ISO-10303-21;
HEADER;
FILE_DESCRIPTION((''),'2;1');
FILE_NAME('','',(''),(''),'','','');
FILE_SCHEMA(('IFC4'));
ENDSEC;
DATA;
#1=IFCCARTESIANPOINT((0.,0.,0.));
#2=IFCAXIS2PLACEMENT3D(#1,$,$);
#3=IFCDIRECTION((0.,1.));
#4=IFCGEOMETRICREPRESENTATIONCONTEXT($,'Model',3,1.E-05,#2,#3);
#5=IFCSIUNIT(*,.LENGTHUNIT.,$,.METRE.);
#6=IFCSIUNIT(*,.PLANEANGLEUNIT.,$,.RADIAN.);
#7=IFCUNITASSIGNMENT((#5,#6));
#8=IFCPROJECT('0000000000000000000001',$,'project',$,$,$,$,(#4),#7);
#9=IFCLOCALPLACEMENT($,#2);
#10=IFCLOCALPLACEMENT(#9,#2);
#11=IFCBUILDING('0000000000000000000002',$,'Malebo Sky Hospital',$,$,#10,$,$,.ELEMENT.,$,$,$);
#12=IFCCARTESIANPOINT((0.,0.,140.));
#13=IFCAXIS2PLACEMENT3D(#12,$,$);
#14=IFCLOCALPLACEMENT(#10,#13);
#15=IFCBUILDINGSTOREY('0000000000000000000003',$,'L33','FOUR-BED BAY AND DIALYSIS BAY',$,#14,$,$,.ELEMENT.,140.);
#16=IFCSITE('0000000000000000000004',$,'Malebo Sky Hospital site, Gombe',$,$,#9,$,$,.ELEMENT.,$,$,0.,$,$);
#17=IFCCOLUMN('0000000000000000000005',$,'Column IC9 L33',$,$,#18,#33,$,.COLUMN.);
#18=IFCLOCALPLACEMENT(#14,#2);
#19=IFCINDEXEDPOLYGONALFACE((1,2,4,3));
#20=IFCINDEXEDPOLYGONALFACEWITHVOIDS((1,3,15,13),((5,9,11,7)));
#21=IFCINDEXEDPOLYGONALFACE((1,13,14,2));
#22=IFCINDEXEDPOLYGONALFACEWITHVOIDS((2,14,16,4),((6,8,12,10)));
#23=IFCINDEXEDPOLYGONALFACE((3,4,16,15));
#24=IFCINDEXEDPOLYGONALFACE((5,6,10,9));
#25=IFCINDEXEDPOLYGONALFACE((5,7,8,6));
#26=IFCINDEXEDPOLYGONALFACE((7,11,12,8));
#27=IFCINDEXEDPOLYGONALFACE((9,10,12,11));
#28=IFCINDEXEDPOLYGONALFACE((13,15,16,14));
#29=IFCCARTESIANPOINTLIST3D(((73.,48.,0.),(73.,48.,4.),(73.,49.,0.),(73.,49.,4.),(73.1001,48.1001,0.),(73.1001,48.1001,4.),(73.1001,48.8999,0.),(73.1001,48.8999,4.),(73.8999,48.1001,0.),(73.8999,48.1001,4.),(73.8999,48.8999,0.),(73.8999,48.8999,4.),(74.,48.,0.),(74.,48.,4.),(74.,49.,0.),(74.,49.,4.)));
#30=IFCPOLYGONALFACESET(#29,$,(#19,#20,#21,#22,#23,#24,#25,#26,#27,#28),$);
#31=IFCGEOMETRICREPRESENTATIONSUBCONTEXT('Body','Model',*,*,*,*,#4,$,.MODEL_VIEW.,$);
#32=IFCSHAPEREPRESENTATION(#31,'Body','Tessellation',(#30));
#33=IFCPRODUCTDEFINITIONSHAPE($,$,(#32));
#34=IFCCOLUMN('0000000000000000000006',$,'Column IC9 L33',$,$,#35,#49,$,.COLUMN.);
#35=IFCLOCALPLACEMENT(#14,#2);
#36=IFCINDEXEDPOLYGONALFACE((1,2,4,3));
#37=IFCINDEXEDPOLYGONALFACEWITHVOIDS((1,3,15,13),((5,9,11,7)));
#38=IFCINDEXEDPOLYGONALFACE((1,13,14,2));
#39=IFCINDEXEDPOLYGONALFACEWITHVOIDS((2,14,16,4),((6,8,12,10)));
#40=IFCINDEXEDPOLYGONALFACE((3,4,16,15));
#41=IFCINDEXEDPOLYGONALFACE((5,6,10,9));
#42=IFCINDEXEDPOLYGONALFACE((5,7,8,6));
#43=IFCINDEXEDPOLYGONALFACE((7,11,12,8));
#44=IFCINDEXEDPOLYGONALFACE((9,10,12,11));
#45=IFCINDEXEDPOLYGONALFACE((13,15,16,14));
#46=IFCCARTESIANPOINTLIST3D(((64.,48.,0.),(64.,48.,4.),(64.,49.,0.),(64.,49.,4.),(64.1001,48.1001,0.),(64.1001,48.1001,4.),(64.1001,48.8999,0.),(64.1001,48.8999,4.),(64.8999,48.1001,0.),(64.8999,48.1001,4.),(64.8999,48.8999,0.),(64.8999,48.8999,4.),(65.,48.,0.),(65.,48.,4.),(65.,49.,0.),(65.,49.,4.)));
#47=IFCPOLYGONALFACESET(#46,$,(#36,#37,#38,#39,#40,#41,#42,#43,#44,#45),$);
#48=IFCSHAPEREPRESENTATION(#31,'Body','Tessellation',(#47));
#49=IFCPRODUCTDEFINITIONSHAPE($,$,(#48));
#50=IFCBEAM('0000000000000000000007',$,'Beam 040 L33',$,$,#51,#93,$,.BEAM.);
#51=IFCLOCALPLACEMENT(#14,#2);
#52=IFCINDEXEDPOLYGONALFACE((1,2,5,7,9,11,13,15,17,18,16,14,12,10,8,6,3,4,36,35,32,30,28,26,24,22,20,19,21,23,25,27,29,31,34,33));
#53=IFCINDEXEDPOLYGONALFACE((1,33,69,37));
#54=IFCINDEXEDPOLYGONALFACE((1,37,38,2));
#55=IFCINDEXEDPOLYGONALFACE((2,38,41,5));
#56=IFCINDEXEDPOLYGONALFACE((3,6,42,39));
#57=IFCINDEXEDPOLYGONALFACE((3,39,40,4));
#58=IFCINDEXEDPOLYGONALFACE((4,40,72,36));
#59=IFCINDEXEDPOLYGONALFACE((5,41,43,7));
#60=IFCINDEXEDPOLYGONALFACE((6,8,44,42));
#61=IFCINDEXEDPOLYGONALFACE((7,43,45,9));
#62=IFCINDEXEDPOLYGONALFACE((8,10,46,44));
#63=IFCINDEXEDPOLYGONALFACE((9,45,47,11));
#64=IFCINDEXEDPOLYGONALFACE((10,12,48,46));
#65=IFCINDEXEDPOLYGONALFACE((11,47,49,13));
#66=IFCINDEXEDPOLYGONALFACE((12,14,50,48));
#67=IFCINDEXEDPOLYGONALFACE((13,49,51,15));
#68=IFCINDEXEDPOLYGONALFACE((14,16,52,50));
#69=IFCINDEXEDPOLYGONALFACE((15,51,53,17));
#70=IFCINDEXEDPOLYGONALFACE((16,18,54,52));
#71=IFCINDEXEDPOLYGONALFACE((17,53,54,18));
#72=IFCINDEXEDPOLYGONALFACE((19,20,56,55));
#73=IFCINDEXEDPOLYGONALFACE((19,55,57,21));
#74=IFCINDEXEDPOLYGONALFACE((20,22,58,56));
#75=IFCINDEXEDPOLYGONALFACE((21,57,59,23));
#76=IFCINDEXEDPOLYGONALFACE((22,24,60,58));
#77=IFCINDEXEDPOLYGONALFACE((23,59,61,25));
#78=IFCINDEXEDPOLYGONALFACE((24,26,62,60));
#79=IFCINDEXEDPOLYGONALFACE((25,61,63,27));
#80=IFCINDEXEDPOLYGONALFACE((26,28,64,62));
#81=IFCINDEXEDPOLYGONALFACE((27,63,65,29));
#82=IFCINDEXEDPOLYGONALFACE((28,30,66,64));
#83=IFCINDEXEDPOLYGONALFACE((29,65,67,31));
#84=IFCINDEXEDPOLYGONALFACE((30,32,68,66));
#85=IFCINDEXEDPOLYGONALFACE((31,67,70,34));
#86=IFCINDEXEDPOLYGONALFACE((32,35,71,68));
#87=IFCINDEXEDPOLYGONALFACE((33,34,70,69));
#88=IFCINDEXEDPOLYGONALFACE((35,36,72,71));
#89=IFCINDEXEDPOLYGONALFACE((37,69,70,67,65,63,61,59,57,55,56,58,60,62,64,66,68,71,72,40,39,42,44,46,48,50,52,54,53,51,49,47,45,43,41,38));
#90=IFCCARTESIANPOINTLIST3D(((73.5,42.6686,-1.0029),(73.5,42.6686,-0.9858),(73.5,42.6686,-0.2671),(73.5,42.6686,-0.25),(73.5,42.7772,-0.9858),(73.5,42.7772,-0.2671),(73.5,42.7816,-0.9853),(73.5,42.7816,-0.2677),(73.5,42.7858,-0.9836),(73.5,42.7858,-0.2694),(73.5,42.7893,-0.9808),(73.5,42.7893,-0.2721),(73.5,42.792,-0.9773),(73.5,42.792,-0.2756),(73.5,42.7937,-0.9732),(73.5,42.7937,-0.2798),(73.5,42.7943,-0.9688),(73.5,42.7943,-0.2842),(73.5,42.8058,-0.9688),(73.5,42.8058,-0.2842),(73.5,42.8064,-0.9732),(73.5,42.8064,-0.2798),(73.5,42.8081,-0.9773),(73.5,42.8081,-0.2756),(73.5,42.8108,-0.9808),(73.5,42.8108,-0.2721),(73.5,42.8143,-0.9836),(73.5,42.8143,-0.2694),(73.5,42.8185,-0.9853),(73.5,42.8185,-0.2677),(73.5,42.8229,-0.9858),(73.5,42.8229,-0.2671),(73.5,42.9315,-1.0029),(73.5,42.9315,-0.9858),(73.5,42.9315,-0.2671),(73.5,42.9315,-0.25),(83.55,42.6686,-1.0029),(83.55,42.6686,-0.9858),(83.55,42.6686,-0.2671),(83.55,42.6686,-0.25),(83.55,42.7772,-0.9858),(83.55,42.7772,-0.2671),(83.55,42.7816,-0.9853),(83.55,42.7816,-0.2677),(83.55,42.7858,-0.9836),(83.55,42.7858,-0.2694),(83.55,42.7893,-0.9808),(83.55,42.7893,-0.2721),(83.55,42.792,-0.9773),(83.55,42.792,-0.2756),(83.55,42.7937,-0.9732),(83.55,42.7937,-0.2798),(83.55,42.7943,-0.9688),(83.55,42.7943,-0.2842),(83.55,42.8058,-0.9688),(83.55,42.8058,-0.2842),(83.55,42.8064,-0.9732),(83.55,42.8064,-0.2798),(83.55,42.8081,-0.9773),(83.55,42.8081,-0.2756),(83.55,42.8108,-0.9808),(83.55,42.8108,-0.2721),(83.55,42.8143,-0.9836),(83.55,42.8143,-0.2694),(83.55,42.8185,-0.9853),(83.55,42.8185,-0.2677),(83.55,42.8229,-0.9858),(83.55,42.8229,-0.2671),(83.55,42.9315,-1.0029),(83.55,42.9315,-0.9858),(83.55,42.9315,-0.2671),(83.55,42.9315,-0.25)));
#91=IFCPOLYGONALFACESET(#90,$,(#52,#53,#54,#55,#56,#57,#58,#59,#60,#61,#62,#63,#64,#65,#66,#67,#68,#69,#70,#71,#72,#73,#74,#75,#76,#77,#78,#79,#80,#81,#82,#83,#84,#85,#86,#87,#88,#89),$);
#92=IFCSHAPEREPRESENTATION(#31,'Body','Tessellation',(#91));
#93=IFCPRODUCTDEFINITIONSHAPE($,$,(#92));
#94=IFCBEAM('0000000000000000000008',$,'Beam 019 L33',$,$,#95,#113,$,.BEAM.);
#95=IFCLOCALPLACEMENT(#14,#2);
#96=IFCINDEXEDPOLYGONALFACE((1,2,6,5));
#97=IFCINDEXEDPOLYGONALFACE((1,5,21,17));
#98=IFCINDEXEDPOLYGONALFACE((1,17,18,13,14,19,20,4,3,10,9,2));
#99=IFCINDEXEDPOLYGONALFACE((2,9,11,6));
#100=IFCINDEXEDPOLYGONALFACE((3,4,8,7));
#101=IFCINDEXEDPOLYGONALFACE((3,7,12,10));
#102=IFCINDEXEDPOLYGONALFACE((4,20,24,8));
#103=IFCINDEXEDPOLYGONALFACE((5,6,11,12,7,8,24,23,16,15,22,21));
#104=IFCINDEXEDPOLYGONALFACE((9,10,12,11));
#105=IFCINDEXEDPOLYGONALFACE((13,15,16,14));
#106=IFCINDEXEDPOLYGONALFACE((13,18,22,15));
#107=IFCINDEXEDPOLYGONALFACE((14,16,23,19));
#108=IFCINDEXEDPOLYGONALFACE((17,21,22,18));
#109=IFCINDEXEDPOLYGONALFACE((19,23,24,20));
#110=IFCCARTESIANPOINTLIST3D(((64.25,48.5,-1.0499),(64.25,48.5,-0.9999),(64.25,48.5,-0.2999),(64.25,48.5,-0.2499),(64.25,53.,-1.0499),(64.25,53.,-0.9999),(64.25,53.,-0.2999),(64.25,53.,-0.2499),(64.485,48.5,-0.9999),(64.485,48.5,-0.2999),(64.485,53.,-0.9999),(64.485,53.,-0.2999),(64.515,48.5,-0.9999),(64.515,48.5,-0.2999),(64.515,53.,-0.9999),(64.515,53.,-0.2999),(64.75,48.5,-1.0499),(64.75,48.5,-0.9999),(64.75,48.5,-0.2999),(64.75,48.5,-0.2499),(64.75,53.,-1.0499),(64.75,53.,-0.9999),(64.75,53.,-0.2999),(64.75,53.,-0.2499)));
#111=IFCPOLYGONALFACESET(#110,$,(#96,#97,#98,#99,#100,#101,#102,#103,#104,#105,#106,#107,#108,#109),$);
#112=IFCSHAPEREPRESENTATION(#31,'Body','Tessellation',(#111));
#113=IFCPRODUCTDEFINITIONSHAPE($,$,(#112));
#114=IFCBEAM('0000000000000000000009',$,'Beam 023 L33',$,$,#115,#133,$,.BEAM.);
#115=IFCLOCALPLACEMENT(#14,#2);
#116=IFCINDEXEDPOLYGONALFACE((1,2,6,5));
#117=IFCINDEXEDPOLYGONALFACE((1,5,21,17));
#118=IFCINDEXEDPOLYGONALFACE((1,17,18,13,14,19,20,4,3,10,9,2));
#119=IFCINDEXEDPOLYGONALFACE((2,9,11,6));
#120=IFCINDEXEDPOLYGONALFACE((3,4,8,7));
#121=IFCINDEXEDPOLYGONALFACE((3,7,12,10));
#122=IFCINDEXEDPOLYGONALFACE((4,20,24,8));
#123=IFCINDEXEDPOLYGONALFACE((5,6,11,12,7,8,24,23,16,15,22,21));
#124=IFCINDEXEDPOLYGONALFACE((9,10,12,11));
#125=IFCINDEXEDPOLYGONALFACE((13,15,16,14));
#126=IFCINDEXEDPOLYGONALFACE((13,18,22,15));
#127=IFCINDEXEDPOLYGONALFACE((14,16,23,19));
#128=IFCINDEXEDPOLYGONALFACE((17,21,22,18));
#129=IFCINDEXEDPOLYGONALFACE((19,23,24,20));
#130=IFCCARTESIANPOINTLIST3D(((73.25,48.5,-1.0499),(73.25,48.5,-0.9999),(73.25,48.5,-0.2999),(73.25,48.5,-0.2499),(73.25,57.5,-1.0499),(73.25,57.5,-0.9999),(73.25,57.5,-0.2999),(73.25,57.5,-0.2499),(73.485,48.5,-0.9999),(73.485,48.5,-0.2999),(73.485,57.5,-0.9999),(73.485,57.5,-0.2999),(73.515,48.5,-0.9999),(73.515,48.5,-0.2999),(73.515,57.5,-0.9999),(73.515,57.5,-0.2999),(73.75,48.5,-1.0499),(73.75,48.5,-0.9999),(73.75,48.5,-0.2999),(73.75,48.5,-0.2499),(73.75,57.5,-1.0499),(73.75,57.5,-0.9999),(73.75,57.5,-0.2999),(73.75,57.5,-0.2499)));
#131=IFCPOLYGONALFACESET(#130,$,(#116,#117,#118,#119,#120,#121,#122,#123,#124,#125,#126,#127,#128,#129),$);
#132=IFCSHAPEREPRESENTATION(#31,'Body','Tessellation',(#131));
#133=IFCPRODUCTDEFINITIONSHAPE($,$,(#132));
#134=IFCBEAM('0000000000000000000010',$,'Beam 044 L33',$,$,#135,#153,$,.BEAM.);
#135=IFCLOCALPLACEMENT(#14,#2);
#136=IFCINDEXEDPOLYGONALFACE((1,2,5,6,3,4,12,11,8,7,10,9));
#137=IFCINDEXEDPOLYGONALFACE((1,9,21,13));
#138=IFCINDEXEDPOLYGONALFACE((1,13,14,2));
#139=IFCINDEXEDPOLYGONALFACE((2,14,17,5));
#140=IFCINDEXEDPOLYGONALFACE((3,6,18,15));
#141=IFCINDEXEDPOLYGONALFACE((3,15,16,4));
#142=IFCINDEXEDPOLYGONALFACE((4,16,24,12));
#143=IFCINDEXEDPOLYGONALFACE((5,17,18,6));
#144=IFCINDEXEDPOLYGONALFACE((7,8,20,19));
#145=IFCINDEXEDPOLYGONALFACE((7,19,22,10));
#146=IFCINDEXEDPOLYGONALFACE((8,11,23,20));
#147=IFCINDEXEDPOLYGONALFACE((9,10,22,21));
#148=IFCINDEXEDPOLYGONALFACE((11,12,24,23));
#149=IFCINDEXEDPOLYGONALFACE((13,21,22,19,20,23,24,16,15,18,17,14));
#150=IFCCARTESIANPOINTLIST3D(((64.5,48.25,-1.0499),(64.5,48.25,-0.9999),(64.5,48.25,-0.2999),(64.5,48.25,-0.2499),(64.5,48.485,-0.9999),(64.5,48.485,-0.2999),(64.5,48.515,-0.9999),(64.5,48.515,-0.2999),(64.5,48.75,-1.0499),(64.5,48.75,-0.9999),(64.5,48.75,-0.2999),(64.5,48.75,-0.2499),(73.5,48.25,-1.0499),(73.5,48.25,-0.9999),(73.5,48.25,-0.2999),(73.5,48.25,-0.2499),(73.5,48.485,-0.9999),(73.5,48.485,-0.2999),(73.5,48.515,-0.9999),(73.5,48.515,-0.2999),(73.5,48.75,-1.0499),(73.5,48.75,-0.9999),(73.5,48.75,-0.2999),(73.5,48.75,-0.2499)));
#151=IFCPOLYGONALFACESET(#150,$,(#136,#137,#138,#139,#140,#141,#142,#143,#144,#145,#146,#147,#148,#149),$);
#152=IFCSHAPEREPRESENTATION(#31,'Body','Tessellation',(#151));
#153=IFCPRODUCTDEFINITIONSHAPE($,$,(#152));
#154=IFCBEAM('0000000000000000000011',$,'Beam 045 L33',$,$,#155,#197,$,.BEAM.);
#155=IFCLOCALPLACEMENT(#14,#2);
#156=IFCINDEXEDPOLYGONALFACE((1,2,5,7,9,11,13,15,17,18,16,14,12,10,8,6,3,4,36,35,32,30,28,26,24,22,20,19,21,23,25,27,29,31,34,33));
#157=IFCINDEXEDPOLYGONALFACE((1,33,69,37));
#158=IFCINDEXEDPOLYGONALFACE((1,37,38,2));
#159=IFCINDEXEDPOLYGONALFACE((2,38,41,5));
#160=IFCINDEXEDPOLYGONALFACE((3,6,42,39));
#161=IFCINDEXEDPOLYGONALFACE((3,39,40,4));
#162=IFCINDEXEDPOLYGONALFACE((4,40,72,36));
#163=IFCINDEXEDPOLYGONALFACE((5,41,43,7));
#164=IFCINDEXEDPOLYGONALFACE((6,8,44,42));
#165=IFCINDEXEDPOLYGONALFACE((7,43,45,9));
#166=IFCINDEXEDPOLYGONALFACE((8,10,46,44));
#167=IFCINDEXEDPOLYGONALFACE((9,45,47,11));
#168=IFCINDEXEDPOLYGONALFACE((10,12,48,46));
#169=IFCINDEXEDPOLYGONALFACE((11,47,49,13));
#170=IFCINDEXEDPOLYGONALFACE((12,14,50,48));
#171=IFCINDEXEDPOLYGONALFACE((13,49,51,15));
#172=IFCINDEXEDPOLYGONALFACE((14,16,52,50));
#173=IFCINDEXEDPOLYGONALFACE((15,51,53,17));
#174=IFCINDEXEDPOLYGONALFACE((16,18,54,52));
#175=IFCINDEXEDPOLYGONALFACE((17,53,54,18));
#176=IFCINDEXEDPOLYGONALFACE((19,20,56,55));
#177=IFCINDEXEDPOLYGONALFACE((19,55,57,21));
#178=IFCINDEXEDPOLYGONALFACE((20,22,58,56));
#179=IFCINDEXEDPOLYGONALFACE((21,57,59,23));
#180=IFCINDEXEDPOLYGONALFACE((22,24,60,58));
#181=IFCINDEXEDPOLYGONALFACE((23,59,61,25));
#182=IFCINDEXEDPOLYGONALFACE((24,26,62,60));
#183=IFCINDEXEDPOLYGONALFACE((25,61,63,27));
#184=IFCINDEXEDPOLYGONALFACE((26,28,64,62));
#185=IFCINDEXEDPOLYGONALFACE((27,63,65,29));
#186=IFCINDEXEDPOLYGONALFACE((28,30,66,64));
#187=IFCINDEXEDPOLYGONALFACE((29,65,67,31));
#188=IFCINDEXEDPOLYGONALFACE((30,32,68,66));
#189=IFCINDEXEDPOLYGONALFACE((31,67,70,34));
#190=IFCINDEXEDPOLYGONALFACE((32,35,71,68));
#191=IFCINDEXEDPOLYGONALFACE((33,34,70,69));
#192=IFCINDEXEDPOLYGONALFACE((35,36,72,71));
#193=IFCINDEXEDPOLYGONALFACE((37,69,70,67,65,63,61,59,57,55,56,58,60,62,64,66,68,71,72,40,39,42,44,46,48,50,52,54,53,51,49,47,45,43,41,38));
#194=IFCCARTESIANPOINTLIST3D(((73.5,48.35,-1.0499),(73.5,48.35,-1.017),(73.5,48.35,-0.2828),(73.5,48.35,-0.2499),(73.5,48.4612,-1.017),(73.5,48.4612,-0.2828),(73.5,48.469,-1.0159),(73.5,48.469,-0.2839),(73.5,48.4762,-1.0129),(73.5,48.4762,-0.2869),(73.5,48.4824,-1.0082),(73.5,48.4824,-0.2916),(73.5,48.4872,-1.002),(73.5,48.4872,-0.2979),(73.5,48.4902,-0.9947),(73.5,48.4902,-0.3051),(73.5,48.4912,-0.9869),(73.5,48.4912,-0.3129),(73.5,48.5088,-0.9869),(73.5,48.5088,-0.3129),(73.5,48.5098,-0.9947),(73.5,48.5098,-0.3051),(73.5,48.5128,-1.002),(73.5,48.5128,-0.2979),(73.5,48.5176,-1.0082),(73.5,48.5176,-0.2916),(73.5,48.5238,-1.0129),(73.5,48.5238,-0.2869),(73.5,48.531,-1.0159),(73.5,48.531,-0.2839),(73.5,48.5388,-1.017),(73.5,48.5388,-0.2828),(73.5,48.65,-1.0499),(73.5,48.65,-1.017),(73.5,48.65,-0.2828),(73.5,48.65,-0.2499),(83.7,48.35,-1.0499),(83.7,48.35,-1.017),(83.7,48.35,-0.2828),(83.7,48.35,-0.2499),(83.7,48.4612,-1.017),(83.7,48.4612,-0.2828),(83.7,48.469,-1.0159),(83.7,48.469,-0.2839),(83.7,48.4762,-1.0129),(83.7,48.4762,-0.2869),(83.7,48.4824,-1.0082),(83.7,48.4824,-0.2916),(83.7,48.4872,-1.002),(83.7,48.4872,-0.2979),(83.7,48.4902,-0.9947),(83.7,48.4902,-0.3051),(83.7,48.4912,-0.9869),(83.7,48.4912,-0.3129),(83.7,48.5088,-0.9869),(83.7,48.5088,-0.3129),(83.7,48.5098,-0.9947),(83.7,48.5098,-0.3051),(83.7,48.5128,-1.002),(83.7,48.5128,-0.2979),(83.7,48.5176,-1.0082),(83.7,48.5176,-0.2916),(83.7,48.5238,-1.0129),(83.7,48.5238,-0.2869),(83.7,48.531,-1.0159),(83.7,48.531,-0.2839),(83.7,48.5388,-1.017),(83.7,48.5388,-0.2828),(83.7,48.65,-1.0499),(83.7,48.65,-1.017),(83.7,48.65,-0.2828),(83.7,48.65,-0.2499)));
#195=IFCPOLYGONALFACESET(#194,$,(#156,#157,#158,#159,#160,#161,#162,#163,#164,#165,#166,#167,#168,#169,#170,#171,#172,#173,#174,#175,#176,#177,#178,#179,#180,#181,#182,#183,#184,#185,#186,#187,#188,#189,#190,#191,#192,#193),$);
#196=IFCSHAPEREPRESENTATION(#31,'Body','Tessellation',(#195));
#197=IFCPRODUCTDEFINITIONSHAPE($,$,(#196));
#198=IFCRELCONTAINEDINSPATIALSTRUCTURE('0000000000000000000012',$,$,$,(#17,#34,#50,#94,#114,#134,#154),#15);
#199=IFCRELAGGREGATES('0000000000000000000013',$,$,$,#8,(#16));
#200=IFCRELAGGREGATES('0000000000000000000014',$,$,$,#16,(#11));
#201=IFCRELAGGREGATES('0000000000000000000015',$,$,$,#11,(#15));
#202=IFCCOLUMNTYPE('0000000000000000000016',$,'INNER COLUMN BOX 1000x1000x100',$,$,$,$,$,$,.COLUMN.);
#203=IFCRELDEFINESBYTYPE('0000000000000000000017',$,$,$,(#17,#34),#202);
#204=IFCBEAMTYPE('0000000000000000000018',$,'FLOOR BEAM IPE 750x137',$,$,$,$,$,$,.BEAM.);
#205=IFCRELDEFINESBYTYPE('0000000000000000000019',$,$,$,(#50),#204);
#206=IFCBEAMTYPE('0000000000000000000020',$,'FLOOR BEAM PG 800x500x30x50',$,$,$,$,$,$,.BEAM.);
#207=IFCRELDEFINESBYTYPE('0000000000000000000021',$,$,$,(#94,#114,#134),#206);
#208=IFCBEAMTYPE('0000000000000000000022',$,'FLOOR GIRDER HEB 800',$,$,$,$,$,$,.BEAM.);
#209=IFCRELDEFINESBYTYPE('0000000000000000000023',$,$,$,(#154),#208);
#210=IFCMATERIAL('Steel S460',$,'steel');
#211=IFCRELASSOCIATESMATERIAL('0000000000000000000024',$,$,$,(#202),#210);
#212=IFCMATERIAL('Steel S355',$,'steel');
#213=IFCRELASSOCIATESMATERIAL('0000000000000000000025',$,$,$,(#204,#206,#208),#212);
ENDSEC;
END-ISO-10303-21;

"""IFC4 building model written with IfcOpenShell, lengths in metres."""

from ifc_helpers import new_model, si_unit, direction, frame, origin, origin_2d, place, context, subcontext, project, spatial, hollow_rectangle, i_section, extrude, material, material_profile, profile_set, type_object, element, save


model = new_model("IFC4")

# Units and contexts
model_context = context("Model", 3, precision=1e-05, world=origin(), true_north=direction((0.0, 1.0)))
body_context = subcontext(model_context, "Body", "Model", "MODEL_VIEW")
ifc_project = project(units=[si_unit("LENGTHUNIT", "METRE"), si_unit("PLANEANGLEUNIT", "RADIAN")], contexts=[model_context])

# Site, building, storey
site_placement = place(None, origin())
site = spatial("IfcSite", under=ifc_project, at=site_placement, Name="Malebo Sky Hospital site, Gombe", CompositionType="ELEMENT", RefElevation=0.0)
building_placement = place(site_placement, origin())
building = spatial("IfcBuilding", under=site, at=building_placement, Name="Malebo Sky Hospital", CompositionType="ELEMENT")
storey_placement = place(building_placement, frame((0.0, 0.0, 140.0)))
storey = spatial("IfcBuildingStorey", under=building, at=storey_placement, Name="L33", Description="FOUR-BED BAY AND DIALYSIS BAY", CompositionType="ELEMENT", Elevation=140.0)

# Columns
ifc_material_1 = material(Name="Steel S460", Category="steel")
ifc_material_profile_1 = material_profile(ifc_material_1, hollow_rectangle(XDim=1.0, YDim=1.0, WallThickness=0.1001, at=origin_2d()), Name="BOX 1000x1000x100")
ifc_profile_set_1 = profile_set([ifc_material_profile_1], Name="Steel S460")
column_type = type_object("IfcColumnType", Name="INNER COLUMN BOX 1000x1000x100", PredefinedType="COLUMN", material=ifc_profile_set_1)
for number, where, z_axis, x_axis, name in (
    (1, (73.5, 48.5, 0.0), (0.0, 0.0, 1.0), (1.0, 0.0, 0.0), "Column IC9 L33"),
    (2, (64.5, 48.5, 0.0), (0.0, 0.0, 1.0), (1.0, 0.0, 0.0), "Column IC9 L33"),
):
    element("IfcColumn", number, at=place(storey_placement, frame(where, z_axis=z_axis, x_axis=x_axis)), inside=storey, type_object=column_type, Name=name, PredefinedType="COLUMN", context=body_context, shape_type="SweptSolid", body=[
        extrude(hollow_rectangle(XDim=1.0, YDim=1.0, WallThickness=0.1001, at=origin_2d()), origin(), (0.0, 0.0, 1.0), 4.0),
    ])

# Beams
ifc_material_2 = material(Name="Steel S355", Category="steel")
ifc_material_profile_2 = material_profile(ifc_material_2, i_section(OverallWidth=0.2629, OverallDepth=0.7529, WebThickness=0.0115, FlangeThickness=0.0171, FilletRadius=0.0171, at=origin_2d()), Name="IPE 750x137")
ifc_profile_set_2 = profile_set([ifc_material_profile_2], Name="Steel S355")
beam_type_1 = type_object("IfcBeamType", Name="FLOOR BEAM IPE 750x137", PredefinedType="BEAM", material=ifc_profile_set_2)
beam_1_placement = place(storey_placement, frame((73.5, 42.8, -0.6265), z_axis=(1.0, 0.0, 0.0), x_axis=(0.0, 1.0, 0.0)))
element("IfcBeam", 3, at=beam_1_placement, inside=storey, type_object=beam_type_1, Name="Beam 040 L33", PredefinedType="BEAM", context=body_context, shape_type="SweptSolid", body=[
    extrude(i_section(OverallWidth=0.2629, OverallDepth=0.7529, WebThickness=0.0115, FlangeThickness=0.0171, FilletRadius=0.0171, at=origin_2d()), origin(), (0.0, 0.0, 1.0), 10.05),
])
ifc_material_profile_3 = material_profile(ifc_material_2, i_section(OverallWidth=0.5, OverallDepth=0.8, WebThickness=0.03, FlangeThickness=0.05, at=origin_2d()), Name="PG 800x500x30x50")
ifc_profile_set_3 = profile_set([ifc_material_profile_3], Name="Steel S355")
beam_type_2 = type_object("IfcBeamType", Name="FLOOR BEAM PG 800x500x30x50", PredefinedType="BEAM", material=ifc_profile_set_3)
beam_2_placement = place(storey_placement, frame((64.5, 48.5, -0.6499), z_axis=(0.0, 1.0, 0.0), x_axis=(-1.0, 0.0, 0.0)))
element("IfcBeam", 4, at=beam_2_placement, inside=storey, type_object=beam_type_2, Name="Beam 019 L33", PredefinedType="BEAM", context=body_context, shape_type="SweptSolid", body=[
    extrude(i_section(OverallWidth=0.5, OverallDepth=0.8, WebThickness=0.03, FlangeThickness=0.05, at=origin_2d()), origin(), (0.0, 0.0, 1.0), 4.5),
])
for number, where, z_axis, x_axis, name in (
    (5, (73.5, 48.5, -0.6499), (0.0, 1.0, 0.0), (-1.0, 0.0, 0.0), "Beam 023 L33"),
    (6, (64.5, 48.5, -0.6499), (1.0, 0.0, 0.0), (0.0, 1.0, 0.0), "Beam 044 L33"),
):
    element("IfcBeam", number, at=place(storey_placement, frame(where, z_axis=z_axis, x_axis=x_axis)), inside=storey, type_object=beam_type_2, Name=name, PredefinedType="BEAM", context=body_context, shape_type="SweptSolid", body=[
        extrude(i_section(OverallWidth=0.5, OverallDepth=0.8, WebThickness=0.03, FlangeThickness=0.05, at=origin_2d()), origin(), (0.0, 0.0, 1.0), 9.0),
    ])
ifc_material_profile_4 = material_profile(ifc_material_2, i_section(OverallWidth=0.3, OverallDepth=0.8, WebThickness=0.0176, FlangeThickness=0.033, FilletRadius=0.03, at=origin_2d()), Name="HEB 800")
ifc_profile_set_4 = profile_set([ifc_material_profile_4], Name="Steel S355")
beam_type_3 = type_object("IfcBeamType", Name="FLOOR GIRDER HEB 800", PredefinedType="BEAM", material=ifc_profile_set_4)
beam_3_placement = place(storey_placement, frame((73.5, 48.5, -0.6499), z_axis=(1.0, 0.0, 0.0), x_axis=(0.0, 1.0, 0.0)))
element("IfcBeam", 7, at=beam_3_placement, inside=storey, type_object=beam_type_3, Name="Beam 045 L33", PredefinedType="BEAM", context=body_context, shape_type="SweptSolid", body=[
    extrude(i_section(OverallWidth=0.3, OverallDepth=0.8, WebThickness=0.0176, FlangeThickness=0.033, FilletRadius=0.03, at=origin_2d()), origin(), (0.0, 0.0, 1.0), 10.2),
])

save(model, "model.ifc")
